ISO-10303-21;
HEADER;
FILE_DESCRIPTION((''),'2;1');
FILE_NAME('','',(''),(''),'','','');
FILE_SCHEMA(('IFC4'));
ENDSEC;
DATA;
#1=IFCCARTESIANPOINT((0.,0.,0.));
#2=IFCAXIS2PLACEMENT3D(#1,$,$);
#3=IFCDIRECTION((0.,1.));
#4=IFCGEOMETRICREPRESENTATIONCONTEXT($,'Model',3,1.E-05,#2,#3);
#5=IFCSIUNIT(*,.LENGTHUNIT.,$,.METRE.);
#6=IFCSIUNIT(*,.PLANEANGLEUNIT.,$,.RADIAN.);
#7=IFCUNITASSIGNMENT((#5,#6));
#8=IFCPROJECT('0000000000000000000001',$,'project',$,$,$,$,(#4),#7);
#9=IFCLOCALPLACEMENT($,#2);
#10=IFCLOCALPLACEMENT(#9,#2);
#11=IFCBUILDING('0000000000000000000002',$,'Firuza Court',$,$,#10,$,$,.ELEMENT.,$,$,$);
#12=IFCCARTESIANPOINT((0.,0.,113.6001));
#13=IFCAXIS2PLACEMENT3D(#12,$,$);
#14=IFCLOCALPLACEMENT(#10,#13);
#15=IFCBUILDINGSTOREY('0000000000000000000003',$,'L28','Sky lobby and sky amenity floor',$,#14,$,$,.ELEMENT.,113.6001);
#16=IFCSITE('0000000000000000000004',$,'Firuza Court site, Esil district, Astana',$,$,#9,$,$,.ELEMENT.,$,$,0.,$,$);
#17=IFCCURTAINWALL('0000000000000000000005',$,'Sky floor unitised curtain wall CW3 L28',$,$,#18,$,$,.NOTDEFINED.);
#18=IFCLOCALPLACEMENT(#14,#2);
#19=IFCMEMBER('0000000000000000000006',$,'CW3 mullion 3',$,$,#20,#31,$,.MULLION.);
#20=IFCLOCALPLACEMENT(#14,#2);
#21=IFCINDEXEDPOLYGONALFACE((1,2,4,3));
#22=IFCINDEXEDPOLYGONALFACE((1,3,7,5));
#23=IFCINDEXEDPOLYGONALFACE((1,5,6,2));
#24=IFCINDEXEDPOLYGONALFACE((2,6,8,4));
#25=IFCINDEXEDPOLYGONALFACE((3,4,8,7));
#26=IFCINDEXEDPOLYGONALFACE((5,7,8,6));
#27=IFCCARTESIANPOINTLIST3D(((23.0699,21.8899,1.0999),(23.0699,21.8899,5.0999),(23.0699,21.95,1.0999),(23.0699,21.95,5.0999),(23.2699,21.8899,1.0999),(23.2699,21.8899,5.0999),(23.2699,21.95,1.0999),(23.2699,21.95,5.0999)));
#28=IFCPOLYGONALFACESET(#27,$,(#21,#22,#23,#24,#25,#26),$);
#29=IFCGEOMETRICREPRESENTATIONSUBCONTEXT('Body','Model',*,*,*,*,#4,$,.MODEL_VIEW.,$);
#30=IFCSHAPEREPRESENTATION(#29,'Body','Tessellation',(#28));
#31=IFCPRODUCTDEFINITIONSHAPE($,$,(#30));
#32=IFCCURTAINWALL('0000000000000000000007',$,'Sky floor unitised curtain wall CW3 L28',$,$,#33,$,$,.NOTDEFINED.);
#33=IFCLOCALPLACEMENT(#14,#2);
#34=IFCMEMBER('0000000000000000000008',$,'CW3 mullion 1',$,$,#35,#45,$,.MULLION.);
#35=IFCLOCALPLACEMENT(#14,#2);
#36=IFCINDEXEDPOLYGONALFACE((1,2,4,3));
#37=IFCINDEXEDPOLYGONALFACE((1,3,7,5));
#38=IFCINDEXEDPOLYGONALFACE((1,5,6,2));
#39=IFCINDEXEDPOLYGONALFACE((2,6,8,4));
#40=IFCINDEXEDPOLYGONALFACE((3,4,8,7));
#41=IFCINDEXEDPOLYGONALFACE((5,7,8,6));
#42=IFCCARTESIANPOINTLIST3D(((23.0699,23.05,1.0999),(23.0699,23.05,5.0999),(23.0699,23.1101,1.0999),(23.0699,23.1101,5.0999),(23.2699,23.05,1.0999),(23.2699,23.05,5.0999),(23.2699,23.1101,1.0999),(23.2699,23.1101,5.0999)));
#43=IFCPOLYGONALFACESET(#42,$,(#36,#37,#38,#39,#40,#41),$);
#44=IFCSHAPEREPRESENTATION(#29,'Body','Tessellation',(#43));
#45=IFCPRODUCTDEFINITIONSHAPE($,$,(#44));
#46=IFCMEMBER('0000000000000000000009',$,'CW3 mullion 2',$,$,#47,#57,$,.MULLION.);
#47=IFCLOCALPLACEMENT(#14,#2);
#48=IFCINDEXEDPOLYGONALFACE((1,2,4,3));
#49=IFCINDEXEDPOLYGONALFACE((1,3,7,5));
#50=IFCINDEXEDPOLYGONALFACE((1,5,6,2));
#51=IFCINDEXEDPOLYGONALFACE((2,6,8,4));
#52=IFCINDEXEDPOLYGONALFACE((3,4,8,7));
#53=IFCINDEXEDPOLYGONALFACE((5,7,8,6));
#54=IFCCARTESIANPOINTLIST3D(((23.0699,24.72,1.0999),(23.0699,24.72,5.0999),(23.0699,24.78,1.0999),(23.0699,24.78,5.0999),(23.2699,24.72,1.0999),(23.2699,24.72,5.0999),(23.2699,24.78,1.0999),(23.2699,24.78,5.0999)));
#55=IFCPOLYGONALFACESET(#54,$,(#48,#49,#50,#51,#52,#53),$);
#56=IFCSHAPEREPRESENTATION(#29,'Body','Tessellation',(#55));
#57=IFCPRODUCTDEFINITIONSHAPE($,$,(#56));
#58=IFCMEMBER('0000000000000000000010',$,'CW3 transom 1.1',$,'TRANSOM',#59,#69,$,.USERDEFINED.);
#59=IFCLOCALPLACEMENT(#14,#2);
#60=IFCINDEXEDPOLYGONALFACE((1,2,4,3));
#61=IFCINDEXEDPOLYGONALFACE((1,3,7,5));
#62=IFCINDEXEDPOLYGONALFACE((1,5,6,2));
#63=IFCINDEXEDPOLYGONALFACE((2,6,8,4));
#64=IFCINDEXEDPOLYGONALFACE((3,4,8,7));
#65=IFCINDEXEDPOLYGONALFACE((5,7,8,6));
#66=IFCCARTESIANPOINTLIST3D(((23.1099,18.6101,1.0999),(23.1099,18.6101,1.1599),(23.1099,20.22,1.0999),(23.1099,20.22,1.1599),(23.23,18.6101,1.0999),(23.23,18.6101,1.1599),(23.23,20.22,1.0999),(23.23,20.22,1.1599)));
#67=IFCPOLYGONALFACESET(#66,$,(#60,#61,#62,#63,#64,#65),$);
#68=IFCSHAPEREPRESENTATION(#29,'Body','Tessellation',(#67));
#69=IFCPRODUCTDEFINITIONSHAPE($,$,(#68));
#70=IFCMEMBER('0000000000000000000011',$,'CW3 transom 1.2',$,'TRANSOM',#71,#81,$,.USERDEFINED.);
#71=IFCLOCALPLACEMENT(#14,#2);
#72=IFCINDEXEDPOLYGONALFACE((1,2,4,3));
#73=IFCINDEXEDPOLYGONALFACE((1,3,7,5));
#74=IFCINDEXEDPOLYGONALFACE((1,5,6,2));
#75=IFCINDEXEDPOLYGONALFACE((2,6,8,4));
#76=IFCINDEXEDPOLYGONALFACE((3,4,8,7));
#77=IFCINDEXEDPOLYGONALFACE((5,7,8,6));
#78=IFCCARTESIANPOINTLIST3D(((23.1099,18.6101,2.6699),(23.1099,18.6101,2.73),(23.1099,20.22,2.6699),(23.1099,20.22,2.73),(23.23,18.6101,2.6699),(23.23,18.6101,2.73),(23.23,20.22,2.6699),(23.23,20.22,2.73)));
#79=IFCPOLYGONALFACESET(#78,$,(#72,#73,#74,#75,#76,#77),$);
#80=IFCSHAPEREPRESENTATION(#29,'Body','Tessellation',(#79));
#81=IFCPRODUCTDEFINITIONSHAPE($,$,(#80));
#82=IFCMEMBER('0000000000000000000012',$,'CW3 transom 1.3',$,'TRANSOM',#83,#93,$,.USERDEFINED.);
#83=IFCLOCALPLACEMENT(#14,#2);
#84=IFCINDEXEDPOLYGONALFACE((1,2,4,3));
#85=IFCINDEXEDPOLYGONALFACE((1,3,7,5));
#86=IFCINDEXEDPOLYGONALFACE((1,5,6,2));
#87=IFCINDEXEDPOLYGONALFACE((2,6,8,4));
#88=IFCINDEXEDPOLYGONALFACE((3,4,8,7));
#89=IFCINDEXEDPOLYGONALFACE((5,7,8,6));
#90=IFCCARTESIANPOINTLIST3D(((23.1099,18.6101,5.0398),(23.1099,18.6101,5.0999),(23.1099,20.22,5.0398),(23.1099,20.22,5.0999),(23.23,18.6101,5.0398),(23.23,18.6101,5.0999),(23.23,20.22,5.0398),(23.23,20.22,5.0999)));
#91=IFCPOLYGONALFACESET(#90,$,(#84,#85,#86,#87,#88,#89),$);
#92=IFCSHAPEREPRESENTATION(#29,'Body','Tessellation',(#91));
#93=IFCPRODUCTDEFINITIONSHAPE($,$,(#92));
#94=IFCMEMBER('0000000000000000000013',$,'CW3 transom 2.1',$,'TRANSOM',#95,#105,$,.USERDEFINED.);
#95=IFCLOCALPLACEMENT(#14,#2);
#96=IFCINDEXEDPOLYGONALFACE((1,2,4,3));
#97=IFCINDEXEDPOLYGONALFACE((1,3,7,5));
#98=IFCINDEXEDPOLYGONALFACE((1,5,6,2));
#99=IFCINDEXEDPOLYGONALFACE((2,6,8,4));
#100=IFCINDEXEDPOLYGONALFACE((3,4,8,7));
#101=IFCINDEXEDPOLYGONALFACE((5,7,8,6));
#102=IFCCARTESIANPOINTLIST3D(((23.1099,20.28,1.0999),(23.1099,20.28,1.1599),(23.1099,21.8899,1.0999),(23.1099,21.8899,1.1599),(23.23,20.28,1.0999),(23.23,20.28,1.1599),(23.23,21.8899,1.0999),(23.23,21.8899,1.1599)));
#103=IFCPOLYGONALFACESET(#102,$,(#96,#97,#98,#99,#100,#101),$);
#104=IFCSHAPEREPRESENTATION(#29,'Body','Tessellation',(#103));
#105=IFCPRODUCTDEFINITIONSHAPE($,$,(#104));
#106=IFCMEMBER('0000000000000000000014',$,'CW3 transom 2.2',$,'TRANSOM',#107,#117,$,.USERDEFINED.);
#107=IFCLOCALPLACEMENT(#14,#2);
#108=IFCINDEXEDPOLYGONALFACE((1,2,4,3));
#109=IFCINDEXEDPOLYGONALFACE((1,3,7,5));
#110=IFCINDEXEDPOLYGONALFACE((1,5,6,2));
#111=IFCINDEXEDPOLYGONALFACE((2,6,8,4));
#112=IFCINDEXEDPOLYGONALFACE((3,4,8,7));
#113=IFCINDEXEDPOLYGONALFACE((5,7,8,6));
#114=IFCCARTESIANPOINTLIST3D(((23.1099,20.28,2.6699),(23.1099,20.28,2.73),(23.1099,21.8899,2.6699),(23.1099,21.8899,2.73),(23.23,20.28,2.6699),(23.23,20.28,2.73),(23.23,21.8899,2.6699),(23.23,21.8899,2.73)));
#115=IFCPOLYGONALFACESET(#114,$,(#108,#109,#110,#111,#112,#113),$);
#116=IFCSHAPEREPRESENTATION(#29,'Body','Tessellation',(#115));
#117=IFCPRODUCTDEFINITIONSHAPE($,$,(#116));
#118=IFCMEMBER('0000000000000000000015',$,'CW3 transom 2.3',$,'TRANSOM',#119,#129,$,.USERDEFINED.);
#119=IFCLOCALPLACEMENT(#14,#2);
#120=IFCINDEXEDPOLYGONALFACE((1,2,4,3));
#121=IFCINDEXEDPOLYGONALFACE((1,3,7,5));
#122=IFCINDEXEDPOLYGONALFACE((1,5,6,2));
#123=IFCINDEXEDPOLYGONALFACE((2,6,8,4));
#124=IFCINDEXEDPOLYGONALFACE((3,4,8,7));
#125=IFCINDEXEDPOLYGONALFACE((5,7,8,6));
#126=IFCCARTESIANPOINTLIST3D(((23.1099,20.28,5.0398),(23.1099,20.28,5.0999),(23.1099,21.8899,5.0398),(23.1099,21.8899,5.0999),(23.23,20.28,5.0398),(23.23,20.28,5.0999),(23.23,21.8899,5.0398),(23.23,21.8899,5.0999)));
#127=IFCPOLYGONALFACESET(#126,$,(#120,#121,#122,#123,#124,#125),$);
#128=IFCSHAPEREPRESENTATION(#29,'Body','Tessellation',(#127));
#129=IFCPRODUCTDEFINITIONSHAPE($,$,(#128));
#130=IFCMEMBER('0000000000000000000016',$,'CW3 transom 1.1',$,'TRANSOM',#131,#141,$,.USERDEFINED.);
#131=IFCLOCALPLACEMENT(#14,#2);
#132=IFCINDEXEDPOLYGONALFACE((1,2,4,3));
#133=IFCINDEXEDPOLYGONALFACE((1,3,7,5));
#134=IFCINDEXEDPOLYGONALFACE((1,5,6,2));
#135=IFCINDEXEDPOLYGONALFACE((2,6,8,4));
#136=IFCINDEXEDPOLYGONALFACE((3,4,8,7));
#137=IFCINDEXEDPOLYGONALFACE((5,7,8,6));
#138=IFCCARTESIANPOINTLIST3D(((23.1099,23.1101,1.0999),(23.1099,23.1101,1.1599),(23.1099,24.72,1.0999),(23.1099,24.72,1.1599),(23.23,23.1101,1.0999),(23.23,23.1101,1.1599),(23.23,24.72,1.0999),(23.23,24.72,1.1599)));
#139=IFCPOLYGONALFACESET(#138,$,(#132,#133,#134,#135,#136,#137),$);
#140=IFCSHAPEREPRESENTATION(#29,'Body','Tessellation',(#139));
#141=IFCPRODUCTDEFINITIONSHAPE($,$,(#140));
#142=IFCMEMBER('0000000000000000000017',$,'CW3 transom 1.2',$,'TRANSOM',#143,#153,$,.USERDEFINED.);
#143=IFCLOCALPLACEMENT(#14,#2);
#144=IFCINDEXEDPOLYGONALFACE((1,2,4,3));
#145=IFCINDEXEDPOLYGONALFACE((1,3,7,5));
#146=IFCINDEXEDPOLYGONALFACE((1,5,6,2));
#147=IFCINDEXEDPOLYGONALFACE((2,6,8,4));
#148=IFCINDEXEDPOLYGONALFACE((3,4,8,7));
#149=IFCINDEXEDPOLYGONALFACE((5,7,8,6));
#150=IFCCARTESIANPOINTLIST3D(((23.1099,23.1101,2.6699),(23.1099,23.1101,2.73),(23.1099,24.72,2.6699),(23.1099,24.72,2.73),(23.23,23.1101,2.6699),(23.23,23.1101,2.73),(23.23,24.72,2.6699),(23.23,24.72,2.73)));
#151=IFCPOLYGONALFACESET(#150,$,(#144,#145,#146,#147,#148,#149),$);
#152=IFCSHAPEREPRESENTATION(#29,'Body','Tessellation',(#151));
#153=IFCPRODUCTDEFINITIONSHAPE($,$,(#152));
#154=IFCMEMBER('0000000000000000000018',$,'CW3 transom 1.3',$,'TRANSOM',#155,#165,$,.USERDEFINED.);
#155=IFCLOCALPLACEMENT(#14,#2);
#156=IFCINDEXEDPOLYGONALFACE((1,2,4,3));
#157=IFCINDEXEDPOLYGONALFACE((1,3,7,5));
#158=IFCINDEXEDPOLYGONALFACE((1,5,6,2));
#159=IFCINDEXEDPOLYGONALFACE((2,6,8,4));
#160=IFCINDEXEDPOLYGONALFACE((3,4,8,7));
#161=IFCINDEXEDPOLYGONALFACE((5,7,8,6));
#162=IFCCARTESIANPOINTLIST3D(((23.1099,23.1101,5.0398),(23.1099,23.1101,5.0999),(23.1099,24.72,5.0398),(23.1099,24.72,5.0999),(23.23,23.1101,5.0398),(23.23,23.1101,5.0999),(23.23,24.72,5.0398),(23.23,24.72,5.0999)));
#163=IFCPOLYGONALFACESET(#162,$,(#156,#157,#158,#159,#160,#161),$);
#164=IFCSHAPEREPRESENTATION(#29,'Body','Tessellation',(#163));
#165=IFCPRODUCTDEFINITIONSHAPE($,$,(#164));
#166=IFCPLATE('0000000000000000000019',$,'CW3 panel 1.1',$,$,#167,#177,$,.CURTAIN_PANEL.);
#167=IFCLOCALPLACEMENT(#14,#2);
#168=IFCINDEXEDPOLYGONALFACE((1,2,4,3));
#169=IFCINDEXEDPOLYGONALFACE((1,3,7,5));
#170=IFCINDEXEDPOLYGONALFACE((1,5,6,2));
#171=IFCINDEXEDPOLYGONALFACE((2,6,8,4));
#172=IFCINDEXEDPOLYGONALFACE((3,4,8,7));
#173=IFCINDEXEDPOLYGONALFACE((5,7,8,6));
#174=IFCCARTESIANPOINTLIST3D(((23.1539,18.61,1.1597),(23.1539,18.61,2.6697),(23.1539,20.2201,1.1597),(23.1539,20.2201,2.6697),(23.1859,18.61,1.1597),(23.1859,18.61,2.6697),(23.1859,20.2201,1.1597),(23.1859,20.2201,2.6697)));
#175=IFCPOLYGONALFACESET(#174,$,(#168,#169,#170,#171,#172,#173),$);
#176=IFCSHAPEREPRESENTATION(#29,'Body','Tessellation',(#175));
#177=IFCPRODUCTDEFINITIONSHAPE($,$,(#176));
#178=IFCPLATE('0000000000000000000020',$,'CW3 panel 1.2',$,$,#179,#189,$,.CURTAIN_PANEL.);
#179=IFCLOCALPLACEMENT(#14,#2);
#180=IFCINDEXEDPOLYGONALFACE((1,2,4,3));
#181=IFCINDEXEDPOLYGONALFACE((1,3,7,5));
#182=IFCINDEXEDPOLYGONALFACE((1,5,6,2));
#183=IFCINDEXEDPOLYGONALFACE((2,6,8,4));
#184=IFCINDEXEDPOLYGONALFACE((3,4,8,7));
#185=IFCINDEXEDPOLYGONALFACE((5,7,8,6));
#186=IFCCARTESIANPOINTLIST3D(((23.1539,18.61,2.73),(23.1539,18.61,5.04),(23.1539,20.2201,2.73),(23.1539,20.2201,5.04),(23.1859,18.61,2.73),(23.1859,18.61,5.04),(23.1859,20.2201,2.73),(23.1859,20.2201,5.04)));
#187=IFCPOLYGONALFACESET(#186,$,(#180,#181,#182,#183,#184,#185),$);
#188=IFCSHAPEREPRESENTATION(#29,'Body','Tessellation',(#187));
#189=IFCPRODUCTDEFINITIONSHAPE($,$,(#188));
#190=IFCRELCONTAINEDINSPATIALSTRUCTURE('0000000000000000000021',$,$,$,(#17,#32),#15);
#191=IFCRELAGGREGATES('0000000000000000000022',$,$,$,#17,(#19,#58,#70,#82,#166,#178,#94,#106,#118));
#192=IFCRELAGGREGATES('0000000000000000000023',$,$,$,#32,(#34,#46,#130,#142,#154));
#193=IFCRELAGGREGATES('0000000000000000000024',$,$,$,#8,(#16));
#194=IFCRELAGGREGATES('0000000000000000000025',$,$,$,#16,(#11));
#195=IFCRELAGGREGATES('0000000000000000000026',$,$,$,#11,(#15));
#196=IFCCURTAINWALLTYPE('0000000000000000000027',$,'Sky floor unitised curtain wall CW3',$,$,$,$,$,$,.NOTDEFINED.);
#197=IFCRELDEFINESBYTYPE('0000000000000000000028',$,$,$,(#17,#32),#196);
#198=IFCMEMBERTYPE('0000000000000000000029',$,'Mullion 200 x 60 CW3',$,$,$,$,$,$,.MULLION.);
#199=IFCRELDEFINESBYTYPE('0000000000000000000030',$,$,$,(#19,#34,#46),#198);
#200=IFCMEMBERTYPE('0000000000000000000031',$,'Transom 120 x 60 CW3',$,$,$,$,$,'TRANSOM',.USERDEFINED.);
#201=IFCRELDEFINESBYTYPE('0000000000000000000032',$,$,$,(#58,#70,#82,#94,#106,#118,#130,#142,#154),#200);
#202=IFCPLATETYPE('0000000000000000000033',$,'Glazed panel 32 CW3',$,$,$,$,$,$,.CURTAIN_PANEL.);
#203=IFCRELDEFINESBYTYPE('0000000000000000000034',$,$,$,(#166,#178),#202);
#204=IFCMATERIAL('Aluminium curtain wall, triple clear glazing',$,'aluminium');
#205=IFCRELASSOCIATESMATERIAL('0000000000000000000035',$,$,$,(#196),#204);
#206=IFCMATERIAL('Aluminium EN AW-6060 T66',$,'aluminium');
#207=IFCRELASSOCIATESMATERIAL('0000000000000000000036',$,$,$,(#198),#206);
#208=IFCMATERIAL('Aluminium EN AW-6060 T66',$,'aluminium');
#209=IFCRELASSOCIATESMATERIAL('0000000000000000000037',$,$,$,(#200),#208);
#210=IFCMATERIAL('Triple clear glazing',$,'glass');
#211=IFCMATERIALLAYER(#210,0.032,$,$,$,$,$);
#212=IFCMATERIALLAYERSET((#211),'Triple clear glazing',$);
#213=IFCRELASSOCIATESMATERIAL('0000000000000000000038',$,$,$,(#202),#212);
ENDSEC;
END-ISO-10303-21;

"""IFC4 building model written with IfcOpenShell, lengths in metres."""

from ifc_helpers import new_model, si_unit, direction, frame, origin, origin_2d, place, context, subcontext, project, spatial, rectangle, extrude, material, layer, layer_set, material_profile, profile_set, type_object, element, aggregate, save


model = new_model("IFC4")

# Units and contexts
model_context = context("Model", 3, precision=1e-05, world=origin(), true_north=direction((0.0, 1.0)))
body_context = subcontext(model_context, "Body", "Model", "MODEL_VIEW")
ifc_project = project(units=[si_unit("LENGTHUNIT", "METRE"), si_unit("PLANEANGLEUNIT", "RADIAN")], contexts=[model_context])

# Site, building, storey
site_placement = place(None, origin())
site = spatial("IfcSite", under=ifc_project, at=site_placement, Name="Firuza Court site, Esil district, Astana", CompositionType="ELEMENT", RefElevation=0.0)
building_placement = place(site_placement, origin())
building = spatial("IfcBuilding", under=site, at=building_placement, Name="Firuza Court", CompositionType="ELEMENT")
storey_placement = place(building_placement, frame((0.0, 0.0, 113.6001)))
storey = spatial("IfcBuildingStorey", under=building, at=storey_placement, Name="L28", Description="Sky lobby and sky amenity floor", CompositionType="ELEMENT", Elevation=113.6001)

# Curtain wall, member
ifc_material_1 = material(Name="Aluminium curtain wall, triple clear glazing", Category="aluminium")
curtain_wall_type = type_object("IfcCurtainWallType", Name="Sky floor unitised curtain wall CW3", PredefinedType="NOTDEFINED", material=ifc_material_1)
curtain_wall_1_placement = place(storey_placement, origin())
curtain_wall_1 = element("IfcCurtainWall", 1, at=curtain_wall_1_placement, inside=storey, type_object=curtain_wall_type, Name="Sky floor unitised curtain wall CW3 L28", PredefinedType="NOTDEFINED")
ifc_material_2 = material(Name="Aluminium EN AW-6060 T66", Category="aluminium")
ifc_material_profile_1 = material_profile(ifc_material_2, rectangle(XDim=0.2, YDim=0.0601, at=origin_2d()), Name="Mullion 200 x 60 CW3")
ifc_profile_set_1 = profile_set([ifc_material_profile_1], Name="Aluminium EN AW-6060 T66")
member_type_1 = type_object("IfcMemberType", Name="Mullion 200 x 60 CW3", PredefinedType="MULLION", material=ifc_profile_set_1)
member_1_placement = place(storey_placement, frame((23.1699, 21.9199, 1.0999), z_axis=(0.0, 0.0, 1.0), x_axis=(-1.0, 0.0, 0.0)))
member_1 = element("IfcMember", 2, at=member_1_placement, type_object=member_type_1, Name="CW3 mullion 3", PredefinedType="MULLION", context=body_context, shape_type="SweptSolid", body=[
    extrude(rectangle(XDim=0.2, YDim=0.0601, at=origin_2d()), origin(), (0.0, 0.0, 1.0), 4.0),
])

# Curtain wall, members
curtain_wall_2_placement = place(storey_placement, origin())
curtain_wall_2 = element("IfcCurtainWall", 3, at=curtain_wall_2_placement, inside=storey, type_object=curtain_wall_type, Name="Sky floor unitised curtain wall CW3 L28", PredefinedType="NOTDEFINED")
member_2_placement = place(storey_placement, frame((23.1699, 23.0801, 1.0999), z_axis=(0.0, 0.0, 1.0), x_axis=(-1.0, 0.0, 0.0)))
member_2 = element("IfcMember", 4, at=member_2_placement, type_object=member_type_1, Name="CW3 mullion 1", PredefinedType="MULLION", context=body_context, shape_type="SweptSolid", body=[
    extrude(rectangle(XDim=0.2, YDim=0.0601, at=origin_2d()), origin(), (0.0, 0.0, 1.0), 4.0),
])
member_3_placement = place(storey_placement, frame((23.1699, 24.75, 1.0999), z_axis=(0.0, 0.0, 1.0), x_axis=(-1.0, 0.0, 0.0)))
member_3 = element("IfcMember", 5, at=member_3_placement, type_object=member_type_1, Name="CW3 mullion 2", PredefinedType="MULLION", context=body_context, shape_type="SweptSolid", body=[
    extrude(rectangle(XDim=0.2, YDim=0.0601, at=origin_2d()), origin(), (0.0, 0.0, 1.0), 4.0),
])

# Members
ifc_material_3 = material(Name="Aluminium EN AW-6060 T66", Category="aluminium")
ifc_material_profile_2 = material_profile(ifc_material_3, rectangle(XDim=0.1201, YDim=0.0601, at=origin_2d()), Name="Transom 120 x 60 CW3")
ifc_profile_set_2 = profile_set([ifc_material_profile_2], Name="Aluminium EN AW-6060 T66")
member_type_2 = type_object("IfcMemberType", Name="Transom 120 x 60 CW3", ElementType="TRANSOM", PredefinedType="USERDEFINED", material=ifc_profile_set_2)
member_4_placement = place(storey_placement, frame((23.1699, 18.6101, 1.1299), z_axis=(0.0, 1.0, 0.0), x_axis=(-1.0, 0.0, 0.0)))
member_4 = element("IfcMember", 6, at=member_4_placement, type_object=member_type_2, Name="CW3 transom 1.1", ObjectType="TRANSOM", PredefinedType="USERDEFINED", context=body_context, shape_type="SweptSolid", body=[
    extrude(rectangle(XDim=0.1201, YDim=0.0601, at=origin_2d()), origin(), (0.0, 0.0, 1.0), 1.6099),
])
member_5_placement = place(storey_placement, frame((23.1699, 18.6101, 2.7), z_axis=(0.0, 1.0, 0.0), x_axis=(-1.0, 0.0, 0.0)))
member_5 = element("IfcMember", 7, at=member_5_placement, type_object=member_type_2, Name="CW3 transom 1.2", ObjectType="TRANSOM", PredefinedType="USERDEFINED", context=body_context, shape_type="SweptSolid", body=[
    extrude(rectangle(XDim=0.1201, YDim=0.0601, at=origin_2d()), origin(), (0.0, 0.0, 1.0), 1.6099),
])
member_6_placement = place(storey_placement, frame((23.1699, 18.6101, 5.0698), z_axis=(0.0, 1.0, 0.0), x_axis=(-1.0, 0.0, 0.0)))
member_6 = element("IfcMember", 8, at=member_6_placement, type_object=member_type_2, Name="CW3 transom 1.3", ObjectType="TRANSOM", PredefinedType="USERDEFINED", context=body_context, shape_type="SweptSolid", body=[
    extrude(rectangle(XDim=0.1201, YDim=0.0601, at=origin_2d()), origin(), (0.0, 0.0, 1.0), 1.6099),
])
member_7_placement = place(storey_placement, frame((23.1699, 20.28, 1.1299), z_axis=(0.0, 1.0, 0.0), x_axis=(-1.0, 0.0, 0.0)))
member_7 = element("IfcMember", 9, at=member_7_placement, type_object=member_type_2, Name="CW3 transom 2.1", ObjectType="TRANSOM", PredefinedType="USERDEFINED", context=body_context, shape_type="SweptSolid", body=[
    extrude(rectangle(XDim=0.1201, YDim=0.0601, at=origin_2d()), origin(), (0.0, 0.0, 1.0), 1.6099),
])
member_8_placement = place(storey_placement, frame((23.1699, 20.28, 2.7), z_axis=(0.0, 1.0, 0.0), x_axis=(-1.0, 0.0, 0.0)))
member_8 = element("IfcMember", 10, at=member_8_placement, type_object=member_type_2, Name="CW3 transom 2.2", ObjectType="TRANSOM", PredefinedType="USERDEFINED", context=body_context, shape_type="SweptSolid", body=[
    extrude(rectangle(XDim=0.1201, YDim=0.0601, at=origin_2d()), origin(), (0.0, 0.0, 1.0), 1.6099),
])
member_9_placement = place(storey_placement, frame((23.1699, 20.28, 5.0698), z_axis=(0.0, 1.0, 0.0), x_axis=(-1.0, 0.0, 0.0)))
member_9 = element("IfcMember", 11, at=member_9_placement, type_object=member_type_2, Name="CW3 transom 2.3", ObjectType="TRANSOM", PredefinedType="USERDEFINED", context=body_context, shape_type="SweptSolid", body=[
    extrude(rectangle(XDim=0.1201, YDim=0.0601, at=origin_2d()), origin(), (0.0, 0.0, 1.0), 1.6099),
])
member_10_placement = place(storey_placement, frame((23.1699, 23.1101, 1.1299), z_axis=(0.0, 1.0, 0.0), x_axis=(-1.0, 0.0, 0.0)))
member_10 = element("IfcMember", 12, at=member_10_placement, type_object=member_type_2, Name="CW3 transom 1.1", ObjectType="TRANSOM", PredefinedType="USERDEFINED", context=body_context, shape_type="SweptSolid", body=[
    extrude(rectangle(XDim=0.1201, YDim=0.0601, at=origin_2d()), origin(), (0.0, 0.0, 1.0), 1.6099),
])
member_11_placement = place(storey_placement, frame((23.1699, 23.1101, 2.7), z_axis=(0.0, 1.0, 0.0), x_axis=(-1.0, 0.0, 0.0)))
member_11 = element("IfcMember", 13, at=member_11_placement, type_object=member_type_2, Name="CW3 transom 1.2", ObjectType="TRANSOM", PredefinedType="USERDEFINED", context=body_context, shape_type="SweptSolid", body=[
    extrude(rectangle(XDim=0.1201, YDim=0.0601, at=origin_2d()), origin(), (0.0, 0.0, 1.0), 1.6099),
])
member_12_placement = place(storey_placement, frame((23.1699, 23.1101, 5.0698), z_axis=(0.0, 1.0, 0.0), x_axis=(-1.0, 0.0, 0.0)))
member_12 = element("IfcMember", 14, at=member_12_placement, type_object=member_type_2, Name="CW3 transom 1.3", ObjectType="TRANSOM", PredefinedType="USERDEFINED", context=body_context, shape_type="SweptSolid", body=[
    extrude(rectangle(XDim=0.1201, YDim=0.0601, at=origin_2d()), origin(), (0.0, 0.0, 1.0), 1.6099),
])

# Plates
ifc_material_4 = material(Name="Triple clear glazing", Category="glass")
ifc_layer_1 = layer(ifc_material_4, 0.032)
ifc_layer_set_1 = layer_set([ifc_layer_1], Name="Triple clear glazing")
plate_type = type_object("IfcPlateType", Name="Glazed panel 32 CW3", PredefinedType="CURTAIN_PANEL", material=ifc_layer_set_1)
plate_1_placement = place(storey_placement, frame((23.1699, 19.415, 1.1597), z_axis=(0.0, 0.0, 1.0), x_axis=(0.0, 1.0, 0.0)))
plate_1 = element("IfcPlate", 15, at=plate_1_placement, type_object=plate_type, Name="CW3 panel 1.1", PredefinedType="CURTAIN_PANEL", context=body_context, shape_type="SweptSolid", body=[
    extrude(rectangle(XDim=1.6101, YDim=0.032, at=origin_2d()), origin(), (0.0, 0.0, 1.0), 1.51),
])
plate_2_placement = place(storey_placement, frame((23.1699, 19.415, 2.73), z_axis=(0.0, 0.0, 1.0), x_axis=(0.0, 1.0, 0.0)))
plate_2 = element("IfcPlate", 16, at=plate_2_placement, type_object=plate_type, Name="CW3 panel 1.2", PredefinedType="CURTAIN_PANEL", context=body_context, shape_type="SweptSolid", body=[
    extrude(rectangle(XDim=1.6101, YDim=0.032, at=origin_2d()), origin(), (0.0, 0.0, 1.0), 2.3101),
])
aggregate(curtain_wall_1, [member_1, member_4, member_5, member_6, plate_1, plate_2, member_7, member_8, member_9])
aggregate(curtain_wall_2, [member_2, member_3, member_10, member_11, member_12])

save(model, "model.ifc")
